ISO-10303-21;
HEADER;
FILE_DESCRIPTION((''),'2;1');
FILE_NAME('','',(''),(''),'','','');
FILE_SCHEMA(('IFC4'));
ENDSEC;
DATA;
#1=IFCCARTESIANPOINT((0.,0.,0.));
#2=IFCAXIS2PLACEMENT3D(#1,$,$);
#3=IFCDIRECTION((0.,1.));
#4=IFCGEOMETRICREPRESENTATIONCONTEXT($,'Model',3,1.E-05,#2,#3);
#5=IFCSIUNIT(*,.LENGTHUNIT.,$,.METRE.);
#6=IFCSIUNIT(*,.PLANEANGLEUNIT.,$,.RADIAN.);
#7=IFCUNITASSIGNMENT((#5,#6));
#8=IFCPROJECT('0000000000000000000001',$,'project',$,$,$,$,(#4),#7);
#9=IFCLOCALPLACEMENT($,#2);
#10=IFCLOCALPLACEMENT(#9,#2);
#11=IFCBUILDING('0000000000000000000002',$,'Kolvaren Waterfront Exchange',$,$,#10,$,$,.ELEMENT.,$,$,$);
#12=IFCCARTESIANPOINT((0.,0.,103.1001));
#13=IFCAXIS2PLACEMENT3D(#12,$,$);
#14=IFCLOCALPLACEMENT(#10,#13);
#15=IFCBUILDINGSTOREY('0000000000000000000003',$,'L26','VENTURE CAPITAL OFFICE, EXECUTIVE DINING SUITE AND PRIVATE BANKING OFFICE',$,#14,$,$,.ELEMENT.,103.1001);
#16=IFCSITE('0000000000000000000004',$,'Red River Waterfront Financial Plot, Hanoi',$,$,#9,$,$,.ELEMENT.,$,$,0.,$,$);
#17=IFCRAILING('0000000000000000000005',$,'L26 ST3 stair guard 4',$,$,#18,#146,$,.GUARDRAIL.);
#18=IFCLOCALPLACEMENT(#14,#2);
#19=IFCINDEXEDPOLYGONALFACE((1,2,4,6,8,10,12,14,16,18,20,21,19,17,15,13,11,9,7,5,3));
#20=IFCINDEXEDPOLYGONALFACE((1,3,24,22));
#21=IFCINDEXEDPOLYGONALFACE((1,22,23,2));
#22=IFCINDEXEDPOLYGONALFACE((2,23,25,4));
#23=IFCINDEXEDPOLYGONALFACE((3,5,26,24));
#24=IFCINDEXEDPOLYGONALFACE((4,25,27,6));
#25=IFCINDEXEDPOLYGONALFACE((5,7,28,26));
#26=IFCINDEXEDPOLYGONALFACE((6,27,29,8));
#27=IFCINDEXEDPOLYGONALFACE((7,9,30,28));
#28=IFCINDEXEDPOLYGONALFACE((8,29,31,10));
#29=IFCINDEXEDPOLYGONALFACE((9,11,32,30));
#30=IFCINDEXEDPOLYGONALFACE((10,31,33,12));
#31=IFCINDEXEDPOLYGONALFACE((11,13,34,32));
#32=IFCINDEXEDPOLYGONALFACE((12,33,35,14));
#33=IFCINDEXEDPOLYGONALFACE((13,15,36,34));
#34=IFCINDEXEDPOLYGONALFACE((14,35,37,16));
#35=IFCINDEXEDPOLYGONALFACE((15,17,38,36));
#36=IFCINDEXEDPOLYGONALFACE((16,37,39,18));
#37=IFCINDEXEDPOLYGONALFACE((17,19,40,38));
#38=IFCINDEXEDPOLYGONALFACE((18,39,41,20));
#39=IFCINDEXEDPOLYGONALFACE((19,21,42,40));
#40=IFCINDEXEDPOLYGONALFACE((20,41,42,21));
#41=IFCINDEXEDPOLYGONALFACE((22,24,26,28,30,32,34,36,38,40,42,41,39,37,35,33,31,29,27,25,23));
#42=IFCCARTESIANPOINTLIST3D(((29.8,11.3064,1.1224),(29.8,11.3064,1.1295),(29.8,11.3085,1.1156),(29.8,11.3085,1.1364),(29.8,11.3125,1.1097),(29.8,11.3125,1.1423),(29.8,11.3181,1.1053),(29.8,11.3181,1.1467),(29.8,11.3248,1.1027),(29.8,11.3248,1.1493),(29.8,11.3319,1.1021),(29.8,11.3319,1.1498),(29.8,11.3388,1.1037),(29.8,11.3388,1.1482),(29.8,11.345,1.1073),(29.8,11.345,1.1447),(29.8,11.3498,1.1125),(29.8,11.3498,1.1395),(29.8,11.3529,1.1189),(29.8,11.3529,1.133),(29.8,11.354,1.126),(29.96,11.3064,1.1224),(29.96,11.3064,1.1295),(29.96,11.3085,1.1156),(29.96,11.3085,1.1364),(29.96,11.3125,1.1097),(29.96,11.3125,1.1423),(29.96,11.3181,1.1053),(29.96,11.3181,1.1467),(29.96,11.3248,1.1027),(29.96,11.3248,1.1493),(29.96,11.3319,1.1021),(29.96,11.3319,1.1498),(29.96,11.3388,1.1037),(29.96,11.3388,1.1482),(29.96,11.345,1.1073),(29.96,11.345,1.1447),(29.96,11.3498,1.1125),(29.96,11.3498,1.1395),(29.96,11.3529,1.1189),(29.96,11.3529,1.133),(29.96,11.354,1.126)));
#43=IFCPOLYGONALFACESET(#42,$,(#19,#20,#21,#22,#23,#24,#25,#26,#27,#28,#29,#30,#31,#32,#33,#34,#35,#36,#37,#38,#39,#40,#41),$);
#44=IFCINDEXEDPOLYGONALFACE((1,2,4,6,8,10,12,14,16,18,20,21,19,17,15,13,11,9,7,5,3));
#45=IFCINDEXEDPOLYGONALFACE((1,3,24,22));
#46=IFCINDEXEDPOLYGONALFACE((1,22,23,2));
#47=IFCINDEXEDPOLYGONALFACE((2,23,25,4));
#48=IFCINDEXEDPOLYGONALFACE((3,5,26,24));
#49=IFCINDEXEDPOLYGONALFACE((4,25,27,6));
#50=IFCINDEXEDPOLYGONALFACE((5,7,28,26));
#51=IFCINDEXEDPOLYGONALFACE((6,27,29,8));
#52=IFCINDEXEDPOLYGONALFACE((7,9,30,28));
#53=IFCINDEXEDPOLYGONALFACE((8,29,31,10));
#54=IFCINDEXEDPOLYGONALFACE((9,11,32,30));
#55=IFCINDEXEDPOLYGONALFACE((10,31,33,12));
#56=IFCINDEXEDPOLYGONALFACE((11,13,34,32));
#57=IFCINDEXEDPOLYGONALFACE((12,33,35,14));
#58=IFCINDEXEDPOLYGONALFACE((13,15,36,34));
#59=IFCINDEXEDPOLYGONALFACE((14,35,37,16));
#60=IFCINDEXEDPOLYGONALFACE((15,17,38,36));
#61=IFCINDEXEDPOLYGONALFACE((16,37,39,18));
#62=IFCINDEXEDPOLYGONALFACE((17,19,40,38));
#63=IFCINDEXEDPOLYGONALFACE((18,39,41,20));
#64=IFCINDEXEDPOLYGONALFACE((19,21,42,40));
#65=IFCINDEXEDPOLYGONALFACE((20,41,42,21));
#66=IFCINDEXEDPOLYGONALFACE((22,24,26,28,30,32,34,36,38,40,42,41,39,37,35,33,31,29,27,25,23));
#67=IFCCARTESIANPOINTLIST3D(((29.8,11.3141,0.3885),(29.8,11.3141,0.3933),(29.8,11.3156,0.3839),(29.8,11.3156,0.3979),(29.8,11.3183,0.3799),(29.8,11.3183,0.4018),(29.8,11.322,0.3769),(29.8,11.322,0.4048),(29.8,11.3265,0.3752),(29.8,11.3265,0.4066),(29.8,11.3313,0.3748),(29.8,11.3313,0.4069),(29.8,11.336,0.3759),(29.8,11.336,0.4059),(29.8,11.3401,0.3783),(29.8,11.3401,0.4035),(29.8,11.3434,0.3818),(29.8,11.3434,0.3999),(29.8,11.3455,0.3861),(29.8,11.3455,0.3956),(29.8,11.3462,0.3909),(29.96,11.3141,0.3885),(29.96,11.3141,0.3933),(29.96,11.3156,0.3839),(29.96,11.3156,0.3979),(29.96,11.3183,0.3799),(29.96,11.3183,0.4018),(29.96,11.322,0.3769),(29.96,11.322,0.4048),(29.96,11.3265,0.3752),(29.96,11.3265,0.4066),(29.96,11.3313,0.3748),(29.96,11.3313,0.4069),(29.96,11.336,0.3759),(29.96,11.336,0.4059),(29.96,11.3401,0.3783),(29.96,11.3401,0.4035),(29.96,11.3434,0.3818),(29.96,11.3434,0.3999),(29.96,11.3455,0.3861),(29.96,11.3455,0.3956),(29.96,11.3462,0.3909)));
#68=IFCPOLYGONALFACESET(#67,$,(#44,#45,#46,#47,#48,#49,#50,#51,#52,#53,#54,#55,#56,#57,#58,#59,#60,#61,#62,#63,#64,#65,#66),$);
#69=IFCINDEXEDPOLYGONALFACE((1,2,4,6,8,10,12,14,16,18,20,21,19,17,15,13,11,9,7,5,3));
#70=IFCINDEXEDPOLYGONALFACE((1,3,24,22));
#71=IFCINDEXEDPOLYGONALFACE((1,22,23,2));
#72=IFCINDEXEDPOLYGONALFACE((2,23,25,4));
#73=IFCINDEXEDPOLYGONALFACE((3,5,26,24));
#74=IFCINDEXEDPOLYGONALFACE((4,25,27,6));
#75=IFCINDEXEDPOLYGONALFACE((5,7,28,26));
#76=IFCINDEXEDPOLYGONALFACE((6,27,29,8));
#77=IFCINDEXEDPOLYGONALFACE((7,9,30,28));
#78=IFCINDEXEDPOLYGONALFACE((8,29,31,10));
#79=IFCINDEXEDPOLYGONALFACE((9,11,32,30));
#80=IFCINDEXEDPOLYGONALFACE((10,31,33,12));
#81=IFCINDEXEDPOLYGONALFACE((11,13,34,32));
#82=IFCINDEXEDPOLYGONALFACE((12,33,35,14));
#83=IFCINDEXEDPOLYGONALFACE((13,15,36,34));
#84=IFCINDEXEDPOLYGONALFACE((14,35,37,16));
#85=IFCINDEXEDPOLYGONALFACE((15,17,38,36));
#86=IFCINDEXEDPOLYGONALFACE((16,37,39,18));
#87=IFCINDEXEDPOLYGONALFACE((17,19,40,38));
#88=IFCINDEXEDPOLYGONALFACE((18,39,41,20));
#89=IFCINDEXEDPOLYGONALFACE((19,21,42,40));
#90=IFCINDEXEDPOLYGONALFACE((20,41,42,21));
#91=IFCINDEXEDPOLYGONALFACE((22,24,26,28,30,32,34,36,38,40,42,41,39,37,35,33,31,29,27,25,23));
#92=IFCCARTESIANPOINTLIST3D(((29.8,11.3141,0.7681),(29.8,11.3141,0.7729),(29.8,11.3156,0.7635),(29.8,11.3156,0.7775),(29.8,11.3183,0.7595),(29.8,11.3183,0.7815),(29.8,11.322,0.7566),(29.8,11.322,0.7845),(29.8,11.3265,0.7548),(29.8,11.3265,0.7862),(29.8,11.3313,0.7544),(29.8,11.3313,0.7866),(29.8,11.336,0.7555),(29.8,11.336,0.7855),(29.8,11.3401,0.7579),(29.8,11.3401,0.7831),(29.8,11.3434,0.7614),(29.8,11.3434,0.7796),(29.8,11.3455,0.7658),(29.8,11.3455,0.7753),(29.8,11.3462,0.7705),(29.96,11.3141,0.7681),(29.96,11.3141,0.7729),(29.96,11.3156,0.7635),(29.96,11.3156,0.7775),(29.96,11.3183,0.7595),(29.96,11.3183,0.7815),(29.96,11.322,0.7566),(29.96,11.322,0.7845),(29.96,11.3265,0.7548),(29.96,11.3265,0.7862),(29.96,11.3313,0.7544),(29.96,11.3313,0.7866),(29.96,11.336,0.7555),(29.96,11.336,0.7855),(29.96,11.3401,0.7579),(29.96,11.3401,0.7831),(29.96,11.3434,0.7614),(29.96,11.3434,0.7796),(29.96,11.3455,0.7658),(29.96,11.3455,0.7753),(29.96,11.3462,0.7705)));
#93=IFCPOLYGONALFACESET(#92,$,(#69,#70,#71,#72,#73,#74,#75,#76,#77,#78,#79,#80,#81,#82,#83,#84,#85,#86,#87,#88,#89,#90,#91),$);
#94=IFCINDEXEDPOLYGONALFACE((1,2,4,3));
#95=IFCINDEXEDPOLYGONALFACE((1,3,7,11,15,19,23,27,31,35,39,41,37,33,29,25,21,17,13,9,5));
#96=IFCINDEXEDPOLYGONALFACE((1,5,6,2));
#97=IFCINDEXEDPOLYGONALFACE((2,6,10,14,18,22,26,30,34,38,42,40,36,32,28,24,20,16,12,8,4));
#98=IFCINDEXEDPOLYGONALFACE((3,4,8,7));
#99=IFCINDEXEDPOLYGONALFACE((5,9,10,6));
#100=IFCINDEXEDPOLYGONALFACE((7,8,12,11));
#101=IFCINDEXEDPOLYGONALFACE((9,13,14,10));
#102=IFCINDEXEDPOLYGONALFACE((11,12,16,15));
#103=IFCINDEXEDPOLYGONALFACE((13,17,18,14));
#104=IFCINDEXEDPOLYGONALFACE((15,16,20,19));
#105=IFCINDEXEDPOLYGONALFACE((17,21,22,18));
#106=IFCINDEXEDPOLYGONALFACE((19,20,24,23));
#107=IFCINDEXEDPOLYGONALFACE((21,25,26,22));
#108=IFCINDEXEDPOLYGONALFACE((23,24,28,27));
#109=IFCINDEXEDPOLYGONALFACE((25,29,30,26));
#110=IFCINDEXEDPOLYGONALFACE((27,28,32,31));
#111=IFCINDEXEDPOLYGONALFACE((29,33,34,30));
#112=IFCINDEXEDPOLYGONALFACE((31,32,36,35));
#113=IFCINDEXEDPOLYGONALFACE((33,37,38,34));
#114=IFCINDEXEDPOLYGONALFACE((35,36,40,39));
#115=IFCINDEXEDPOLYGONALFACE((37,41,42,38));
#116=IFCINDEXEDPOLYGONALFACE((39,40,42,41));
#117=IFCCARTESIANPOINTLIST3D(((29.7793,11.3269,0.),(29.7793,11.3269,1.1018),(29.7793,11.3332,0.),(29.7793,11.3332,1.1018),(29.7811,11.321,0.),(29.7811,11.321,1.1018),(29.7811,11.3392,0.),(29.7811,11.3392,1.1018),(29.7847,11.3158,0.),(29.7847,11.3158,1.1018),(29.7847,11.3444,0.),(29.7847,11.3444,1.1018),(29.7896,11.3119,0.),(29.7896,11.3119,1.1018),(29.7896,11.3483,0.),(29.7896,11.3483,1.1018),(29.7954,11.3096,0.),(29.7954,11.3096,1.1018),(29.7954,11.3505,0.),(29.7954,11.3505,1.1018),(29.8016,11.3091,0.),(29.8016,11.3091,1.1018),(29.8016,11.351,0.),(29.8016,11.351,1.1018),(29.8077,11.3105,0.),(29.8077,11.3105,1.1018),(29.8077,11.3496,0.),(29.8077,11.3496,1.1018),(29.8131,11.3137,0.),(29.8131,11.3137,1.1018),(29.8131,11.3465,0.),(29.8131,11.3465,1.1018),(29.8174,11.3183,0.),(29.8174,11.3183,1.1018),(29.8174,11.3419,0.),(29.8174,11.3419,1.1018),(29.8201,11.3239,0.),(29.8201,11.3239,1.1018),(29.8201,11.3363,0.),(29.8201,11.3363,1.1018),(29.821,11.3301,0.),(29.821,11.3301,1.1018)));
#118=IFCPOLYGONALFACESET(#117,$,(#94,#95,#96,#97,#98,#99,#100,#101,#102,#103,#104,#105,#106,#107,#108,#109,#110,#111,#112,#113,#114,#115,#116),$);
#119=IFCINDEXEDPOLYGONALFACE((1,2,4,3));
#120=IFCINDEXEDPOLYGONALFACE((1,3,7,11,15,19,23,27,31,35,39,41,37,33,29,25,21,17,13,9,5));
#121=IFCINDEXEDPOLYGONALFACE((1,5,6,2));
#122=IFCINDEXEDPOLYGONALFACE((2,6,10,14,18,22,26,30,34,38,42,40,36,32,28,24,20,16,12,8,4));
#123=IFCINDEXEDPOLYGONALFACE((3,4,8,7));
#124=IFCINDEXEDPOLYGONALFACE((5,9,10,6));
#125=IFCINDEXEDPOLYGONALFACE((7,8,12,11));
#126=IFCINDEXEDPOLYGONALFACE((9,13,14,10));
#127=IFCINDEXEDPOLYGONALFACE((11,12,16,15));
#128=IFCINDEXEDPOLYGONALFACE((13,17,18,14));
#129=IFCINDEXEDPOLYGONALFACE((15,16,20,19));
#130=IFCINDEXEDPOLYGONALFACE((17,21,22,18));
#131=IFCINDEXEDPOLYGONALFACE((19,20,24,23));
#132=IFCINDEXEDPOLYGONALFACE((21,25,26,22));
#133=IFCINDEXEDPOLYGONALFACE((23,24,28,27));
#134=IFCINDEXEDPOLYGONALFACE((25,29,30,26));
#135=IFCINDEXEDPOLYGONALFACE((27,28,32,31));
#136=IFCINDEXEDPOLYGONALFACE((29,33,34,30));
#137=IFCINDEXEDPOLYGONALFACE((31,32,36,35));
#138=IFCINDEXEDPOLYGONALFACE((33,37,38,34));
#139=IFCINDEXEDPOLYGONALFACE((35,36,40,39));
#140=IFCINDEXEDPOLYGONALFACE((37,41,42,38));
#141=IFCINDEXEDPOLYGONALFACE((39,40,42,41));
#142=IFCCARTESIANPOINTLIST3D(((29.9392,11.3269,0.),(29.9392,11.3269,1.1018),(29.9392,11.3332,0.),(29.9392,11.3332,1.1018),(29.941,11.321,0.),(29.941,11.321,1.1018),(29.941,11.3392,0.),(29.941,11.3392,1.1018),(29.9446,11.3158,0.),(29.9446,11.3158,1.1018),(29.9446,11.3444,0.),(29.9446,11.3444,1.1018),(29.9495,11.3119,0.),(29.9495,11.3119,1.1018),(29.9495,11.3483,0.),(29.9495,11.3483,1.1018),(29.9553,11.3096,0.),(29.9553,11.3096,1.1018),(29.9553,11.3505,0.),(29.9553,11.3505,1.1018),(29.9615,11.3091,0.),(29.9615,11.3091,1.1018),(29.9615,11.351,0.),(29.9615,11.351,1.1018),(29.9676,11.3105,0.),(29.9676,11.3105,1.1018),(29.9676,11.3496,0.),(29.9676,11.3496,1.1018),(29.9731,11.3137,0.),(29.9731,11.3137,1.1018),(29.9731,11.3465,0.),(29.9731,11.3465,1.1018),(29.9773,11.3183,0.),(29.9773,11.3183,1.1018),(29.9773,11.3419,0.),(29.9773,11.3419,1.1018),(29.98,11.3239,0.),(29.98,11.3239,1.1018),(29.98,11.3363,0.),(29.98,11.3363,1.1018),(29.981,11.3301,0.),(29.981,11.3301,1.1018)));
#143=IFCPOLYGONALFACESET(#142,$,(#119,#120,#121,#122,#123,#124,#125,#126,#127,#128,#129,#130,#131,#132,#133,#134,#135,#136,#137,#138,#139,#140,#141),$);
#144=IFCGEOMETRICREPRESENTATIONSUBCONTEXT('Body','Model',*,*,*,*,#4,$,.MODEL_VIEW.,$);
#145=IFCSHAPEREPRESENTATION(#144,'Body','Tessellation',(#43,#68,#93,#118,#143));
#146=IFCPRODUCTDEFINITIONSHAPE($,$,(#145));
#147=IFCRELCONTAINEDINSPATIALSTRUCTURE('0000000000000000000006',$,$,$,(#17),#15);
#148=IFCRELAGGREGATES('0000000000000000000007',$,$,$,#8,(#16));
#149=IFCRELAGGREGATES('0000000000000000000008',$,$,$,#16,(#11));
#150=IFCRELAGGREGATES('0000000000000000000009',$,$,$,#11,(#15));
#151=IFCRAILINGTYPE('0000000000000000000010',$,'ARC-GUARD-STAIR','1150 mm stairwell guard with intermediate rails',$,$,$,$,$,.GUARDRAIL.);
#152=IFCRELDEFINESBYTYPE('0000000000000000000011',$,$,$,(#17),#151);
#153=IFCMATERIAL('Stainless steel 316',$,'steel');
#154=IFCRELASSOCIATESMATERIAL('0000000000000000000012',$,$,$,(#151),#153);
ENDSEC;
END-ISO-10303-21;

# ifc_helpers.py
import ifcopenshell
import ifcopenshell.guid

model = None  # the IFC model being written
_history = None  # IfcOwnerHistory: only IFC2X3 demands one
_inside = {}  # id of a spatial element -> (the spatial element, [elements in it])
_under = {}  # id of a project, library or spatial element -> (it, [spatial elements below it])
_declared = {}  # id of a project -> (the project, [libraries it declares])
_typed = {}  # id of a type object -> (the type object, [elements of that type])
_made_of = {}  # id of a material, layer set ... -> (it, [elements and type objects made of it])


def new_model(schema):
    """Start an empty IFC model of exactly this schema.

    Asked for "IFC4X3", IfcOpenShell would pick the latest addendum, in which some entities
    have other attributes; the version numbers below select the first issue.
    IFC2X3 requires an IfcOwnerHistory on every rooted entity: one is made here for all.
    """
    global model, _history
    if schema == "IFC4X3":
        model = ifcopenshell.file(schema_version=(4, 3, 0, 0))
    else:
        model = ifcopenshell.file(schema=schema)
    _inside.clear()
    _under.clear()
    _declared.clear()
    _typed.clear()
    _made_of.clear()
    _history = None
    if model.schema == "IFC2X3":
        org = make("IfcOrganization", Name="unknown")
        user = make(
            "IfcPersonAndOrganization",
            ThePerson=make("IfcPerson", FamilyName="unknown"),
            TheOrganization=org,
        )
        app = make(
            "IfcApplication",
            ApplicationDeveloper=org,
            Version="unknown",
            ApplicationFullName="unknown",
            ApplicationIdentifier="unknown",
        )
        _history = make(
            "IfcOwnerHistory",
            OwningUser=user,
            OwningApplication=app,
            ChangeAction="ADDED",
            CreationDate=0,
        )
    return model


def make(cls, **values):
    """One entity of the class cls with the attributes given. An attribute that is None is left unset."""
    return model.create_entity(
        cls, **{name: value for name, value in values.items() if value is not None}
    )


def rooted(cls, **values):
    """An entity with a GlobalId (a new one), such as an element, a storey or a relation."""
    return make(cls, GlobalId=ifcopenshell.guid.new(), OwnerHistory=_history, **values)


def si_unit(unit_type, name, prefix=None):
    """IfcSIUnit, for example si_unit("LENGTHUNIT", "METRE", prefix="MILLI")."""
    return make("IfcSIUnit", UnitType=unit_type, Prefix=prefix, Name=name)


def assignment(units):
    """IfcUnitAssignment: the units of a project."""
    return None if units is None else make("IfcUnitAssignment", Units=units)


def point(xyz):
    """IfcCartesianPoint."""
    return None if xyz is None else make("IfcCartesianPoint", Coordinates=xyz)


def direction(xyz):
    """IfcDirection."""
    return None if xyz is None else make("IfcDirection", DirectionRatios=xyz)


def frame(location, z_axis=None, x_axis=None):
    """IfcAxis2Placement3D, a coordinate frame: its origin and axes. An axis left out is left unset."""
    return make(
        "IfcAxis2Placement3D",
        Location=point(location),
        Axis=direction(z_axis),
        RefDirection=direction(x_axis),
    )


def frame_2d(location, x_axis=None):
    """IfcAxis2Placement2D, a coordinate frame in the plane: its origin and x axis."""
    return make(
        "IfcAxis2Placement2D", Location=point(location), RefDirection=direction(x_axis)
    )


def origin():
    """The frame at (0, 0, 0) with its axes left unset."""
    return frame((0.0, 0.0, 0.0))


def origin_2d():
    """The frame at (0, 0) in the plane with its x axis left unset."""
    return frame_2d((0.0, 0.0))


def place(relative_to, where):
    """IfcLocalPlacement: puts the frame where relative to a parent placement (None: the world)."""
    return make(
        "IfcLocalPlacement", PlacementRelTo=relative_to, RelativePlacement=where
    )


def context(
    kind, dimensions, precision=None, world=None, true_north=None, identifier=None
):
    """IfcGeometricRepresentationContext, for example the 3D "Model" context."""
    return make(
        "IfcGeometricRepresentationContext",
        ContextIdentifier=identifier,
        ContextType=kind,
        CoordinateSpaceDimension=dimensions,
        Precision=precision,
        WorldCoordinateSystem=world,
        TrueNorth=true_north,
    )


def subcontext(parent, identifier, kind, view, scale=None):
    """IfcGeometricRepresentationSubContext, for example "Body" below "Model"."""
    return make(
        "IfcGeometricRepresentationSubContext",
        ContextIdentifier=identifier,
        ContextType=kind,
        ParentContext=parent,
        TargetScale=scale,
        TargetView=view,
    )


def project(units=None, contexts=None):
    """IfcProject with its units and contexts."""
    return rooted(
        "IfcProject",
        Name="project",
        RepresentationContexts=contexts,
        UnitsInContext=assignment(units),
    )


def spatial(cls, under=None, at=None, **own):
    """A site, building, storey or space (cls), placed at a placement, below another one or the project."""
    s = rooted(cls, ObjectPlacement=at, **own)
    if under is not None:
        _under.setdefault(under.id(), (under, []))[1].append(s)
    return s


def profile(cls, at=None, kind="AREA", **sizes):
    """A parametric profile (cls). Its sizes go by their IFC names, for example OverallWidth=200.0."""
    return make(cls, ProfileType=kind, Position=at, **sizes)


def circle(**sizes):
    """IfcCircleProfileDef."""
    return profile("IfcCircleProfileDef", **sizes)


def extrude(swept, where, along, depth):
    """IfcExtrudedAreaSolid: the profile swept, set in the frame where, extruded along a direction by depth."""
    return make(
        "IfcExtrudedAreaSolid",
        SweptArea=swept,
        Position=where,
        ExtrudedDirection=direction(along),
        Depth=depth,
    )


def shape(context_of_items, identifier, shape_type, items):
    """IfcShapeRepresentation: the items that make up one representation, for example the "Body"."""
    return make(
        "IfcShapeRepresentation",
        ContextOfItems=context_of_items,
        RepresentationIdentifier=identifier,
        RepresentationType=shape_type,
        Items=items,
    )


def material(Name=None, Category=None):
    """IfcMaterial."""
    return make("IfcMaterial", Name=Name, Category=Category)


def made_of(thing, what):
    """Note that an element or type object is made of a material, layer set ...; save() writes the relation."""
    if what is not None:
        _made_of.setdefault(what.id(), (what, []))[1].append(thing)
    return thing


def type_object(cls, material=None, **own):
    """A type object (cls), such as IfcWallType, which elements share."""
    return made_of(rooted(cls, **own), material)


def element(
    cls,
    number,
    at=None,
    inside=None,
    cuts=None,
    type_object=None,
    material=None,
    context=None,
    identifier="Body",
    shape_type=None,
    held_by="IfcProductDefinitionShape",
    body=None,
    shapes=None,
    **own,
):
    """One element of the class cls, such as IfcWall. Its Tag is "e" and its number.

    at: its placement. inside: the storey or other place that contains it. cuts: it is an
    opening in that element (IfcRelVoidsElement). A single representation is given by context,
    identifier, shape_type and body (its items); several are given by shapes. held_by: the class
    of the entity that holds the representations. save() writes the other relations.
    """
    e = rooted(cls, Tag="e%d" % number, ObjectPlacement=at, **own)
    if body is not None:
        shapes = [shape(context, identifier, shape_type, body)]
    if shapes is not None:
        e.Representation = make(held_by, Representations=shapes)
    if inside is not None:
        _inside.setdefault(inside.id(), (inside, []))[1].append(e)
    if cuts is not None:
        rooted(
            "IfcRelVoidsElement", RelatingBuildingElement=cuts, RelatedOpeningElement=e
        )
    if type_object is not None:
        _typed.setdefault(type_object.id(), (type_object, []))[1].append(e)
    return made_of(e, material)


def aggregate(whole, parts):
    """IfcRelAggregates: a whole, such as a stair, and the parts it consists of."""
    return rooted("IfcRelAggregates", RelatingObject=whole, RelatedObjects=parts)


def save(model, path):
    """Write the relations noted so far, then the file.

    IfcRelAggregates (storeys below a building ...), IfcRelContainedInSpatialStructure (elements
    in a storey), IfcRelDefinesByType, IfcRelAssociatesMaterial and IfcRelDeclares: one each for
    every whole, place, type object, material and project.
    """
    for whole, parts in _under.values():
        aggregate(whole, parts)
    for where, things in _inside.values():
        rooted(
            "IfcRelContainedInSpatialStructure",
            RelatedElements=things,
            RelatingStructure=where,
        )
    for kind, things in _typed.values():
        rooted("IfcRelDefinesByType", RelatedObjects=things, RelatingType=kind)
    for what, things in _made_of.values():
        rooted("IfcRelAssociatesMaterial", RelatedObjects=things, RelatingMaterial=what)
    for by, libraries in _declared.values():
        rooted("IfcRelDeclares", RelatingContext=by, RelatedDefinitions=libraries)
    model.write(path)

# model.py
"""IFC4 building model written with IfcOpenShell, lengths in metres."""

from ifc_helpers import new_model, si_unit, direction, frame, origin, origin_2d, place, context, subcontext, project, spatial, circle, extrude, material, type_object, element, save


model = new_model("IFC4")

# Units and contexts
model_context = context("Model", 3, precision=1e-05, world=origin(), true_north=direction((0.0, 1.0)))
body_context = subcontext(model_context, "Body", "Model", "MODEL_VIEW")
ifc_project = project(units=[si_unit("LENGTHUNIT", "METRE"), si_unit("PLANEANGLEUNIT", "RADIAN")], contexts=[model_context])

# Site, building, storey
site_placement = place(None, origin())
site = spatial("IfcSite", under=ifc_project, at=site_placement, Name="Red River Waterfront Financial Plot, Hanoi", CompositionType="ELEMENT", RefElevation=0.0)
building_placement = place(site_placement, origin())
building = spatial("IfcBuilding", under=site, at=building_placement, Name="Kolvaren Waterfront Exchange", CompositionType="ELEMENT")
storey_placement = place(building_placement, frame((0.0, 0.0, 103.1001)))
storey = spatial("IfcBuildingStorey", under=building, at=storey_placement, Name="L26", Description="VENTURE CAPITAL OFFICE, EXECUTIVE DINING SUITE AND PRIVATE BANKING OFFICE", CompositionType="ELEMENT", Elevation=103.1001)

# Railing
ifc_material_1 = material(Name="Stainless steel 316", Category="steel")
railing_type_1 = type_object("IfcRailingType", Name="ARC-GUARD-STAIR", Description="1150 mm stairwell guard with intermediate rails", PredefinedType="GUARDRAIL", material=ifc_material_1)
railing_1_placement = place(storey_placement, frame((29.8, 11.3301, 0.0)))
element("IfcRailing", 1, at=railing_1_placement, inside=storey, type_object=railing_type_1, Name="L26 ST3 stair guard 4", PredefinedType="GUARDRAIL", context=body_context, shape_type="SweptSolid", body=[
    extrude(circle(Radius=0.0239, at=origin_2d()), frame((0.0, 0.0, 1.126), z_axis=(1.0, 0.0, 0.0), x_axis=(0.0, 1.0, 0.0)), (0.0, 0.0, 1.0), 0.1599),
    extrude(circle(Radius=0.0161, at=origin_2d()), frame((0.0, 0.0, 0.3909), z_axis=(1.0, 0.0, 0.0), x_axis=(0.0, 1.0, 0.0)), (0.0, 0.0, 1.0), 0.1599),
    extrude(circle(Radius=0.0161, at=origin_2d()), frame((0.0, 0.0, 0.7705), z_axis=(1.0, 0.0, 0.0), x_axis=(0.0, 1.0, 0.0)), (0.0, 0.0, 1.0), 0.1599),
    extrude(circle(Radius=0.021, at=origin_2d()), origin(), (0.0, 0.0, 1.0), 1.1018),
    extrude(circle(Radius=0.021, at=origin_2d()), frame((0.1599, 0.0, 0.0)), (0.0, 0.0, 1.0), 1.1018),
])

save(model, "model.ifc")
